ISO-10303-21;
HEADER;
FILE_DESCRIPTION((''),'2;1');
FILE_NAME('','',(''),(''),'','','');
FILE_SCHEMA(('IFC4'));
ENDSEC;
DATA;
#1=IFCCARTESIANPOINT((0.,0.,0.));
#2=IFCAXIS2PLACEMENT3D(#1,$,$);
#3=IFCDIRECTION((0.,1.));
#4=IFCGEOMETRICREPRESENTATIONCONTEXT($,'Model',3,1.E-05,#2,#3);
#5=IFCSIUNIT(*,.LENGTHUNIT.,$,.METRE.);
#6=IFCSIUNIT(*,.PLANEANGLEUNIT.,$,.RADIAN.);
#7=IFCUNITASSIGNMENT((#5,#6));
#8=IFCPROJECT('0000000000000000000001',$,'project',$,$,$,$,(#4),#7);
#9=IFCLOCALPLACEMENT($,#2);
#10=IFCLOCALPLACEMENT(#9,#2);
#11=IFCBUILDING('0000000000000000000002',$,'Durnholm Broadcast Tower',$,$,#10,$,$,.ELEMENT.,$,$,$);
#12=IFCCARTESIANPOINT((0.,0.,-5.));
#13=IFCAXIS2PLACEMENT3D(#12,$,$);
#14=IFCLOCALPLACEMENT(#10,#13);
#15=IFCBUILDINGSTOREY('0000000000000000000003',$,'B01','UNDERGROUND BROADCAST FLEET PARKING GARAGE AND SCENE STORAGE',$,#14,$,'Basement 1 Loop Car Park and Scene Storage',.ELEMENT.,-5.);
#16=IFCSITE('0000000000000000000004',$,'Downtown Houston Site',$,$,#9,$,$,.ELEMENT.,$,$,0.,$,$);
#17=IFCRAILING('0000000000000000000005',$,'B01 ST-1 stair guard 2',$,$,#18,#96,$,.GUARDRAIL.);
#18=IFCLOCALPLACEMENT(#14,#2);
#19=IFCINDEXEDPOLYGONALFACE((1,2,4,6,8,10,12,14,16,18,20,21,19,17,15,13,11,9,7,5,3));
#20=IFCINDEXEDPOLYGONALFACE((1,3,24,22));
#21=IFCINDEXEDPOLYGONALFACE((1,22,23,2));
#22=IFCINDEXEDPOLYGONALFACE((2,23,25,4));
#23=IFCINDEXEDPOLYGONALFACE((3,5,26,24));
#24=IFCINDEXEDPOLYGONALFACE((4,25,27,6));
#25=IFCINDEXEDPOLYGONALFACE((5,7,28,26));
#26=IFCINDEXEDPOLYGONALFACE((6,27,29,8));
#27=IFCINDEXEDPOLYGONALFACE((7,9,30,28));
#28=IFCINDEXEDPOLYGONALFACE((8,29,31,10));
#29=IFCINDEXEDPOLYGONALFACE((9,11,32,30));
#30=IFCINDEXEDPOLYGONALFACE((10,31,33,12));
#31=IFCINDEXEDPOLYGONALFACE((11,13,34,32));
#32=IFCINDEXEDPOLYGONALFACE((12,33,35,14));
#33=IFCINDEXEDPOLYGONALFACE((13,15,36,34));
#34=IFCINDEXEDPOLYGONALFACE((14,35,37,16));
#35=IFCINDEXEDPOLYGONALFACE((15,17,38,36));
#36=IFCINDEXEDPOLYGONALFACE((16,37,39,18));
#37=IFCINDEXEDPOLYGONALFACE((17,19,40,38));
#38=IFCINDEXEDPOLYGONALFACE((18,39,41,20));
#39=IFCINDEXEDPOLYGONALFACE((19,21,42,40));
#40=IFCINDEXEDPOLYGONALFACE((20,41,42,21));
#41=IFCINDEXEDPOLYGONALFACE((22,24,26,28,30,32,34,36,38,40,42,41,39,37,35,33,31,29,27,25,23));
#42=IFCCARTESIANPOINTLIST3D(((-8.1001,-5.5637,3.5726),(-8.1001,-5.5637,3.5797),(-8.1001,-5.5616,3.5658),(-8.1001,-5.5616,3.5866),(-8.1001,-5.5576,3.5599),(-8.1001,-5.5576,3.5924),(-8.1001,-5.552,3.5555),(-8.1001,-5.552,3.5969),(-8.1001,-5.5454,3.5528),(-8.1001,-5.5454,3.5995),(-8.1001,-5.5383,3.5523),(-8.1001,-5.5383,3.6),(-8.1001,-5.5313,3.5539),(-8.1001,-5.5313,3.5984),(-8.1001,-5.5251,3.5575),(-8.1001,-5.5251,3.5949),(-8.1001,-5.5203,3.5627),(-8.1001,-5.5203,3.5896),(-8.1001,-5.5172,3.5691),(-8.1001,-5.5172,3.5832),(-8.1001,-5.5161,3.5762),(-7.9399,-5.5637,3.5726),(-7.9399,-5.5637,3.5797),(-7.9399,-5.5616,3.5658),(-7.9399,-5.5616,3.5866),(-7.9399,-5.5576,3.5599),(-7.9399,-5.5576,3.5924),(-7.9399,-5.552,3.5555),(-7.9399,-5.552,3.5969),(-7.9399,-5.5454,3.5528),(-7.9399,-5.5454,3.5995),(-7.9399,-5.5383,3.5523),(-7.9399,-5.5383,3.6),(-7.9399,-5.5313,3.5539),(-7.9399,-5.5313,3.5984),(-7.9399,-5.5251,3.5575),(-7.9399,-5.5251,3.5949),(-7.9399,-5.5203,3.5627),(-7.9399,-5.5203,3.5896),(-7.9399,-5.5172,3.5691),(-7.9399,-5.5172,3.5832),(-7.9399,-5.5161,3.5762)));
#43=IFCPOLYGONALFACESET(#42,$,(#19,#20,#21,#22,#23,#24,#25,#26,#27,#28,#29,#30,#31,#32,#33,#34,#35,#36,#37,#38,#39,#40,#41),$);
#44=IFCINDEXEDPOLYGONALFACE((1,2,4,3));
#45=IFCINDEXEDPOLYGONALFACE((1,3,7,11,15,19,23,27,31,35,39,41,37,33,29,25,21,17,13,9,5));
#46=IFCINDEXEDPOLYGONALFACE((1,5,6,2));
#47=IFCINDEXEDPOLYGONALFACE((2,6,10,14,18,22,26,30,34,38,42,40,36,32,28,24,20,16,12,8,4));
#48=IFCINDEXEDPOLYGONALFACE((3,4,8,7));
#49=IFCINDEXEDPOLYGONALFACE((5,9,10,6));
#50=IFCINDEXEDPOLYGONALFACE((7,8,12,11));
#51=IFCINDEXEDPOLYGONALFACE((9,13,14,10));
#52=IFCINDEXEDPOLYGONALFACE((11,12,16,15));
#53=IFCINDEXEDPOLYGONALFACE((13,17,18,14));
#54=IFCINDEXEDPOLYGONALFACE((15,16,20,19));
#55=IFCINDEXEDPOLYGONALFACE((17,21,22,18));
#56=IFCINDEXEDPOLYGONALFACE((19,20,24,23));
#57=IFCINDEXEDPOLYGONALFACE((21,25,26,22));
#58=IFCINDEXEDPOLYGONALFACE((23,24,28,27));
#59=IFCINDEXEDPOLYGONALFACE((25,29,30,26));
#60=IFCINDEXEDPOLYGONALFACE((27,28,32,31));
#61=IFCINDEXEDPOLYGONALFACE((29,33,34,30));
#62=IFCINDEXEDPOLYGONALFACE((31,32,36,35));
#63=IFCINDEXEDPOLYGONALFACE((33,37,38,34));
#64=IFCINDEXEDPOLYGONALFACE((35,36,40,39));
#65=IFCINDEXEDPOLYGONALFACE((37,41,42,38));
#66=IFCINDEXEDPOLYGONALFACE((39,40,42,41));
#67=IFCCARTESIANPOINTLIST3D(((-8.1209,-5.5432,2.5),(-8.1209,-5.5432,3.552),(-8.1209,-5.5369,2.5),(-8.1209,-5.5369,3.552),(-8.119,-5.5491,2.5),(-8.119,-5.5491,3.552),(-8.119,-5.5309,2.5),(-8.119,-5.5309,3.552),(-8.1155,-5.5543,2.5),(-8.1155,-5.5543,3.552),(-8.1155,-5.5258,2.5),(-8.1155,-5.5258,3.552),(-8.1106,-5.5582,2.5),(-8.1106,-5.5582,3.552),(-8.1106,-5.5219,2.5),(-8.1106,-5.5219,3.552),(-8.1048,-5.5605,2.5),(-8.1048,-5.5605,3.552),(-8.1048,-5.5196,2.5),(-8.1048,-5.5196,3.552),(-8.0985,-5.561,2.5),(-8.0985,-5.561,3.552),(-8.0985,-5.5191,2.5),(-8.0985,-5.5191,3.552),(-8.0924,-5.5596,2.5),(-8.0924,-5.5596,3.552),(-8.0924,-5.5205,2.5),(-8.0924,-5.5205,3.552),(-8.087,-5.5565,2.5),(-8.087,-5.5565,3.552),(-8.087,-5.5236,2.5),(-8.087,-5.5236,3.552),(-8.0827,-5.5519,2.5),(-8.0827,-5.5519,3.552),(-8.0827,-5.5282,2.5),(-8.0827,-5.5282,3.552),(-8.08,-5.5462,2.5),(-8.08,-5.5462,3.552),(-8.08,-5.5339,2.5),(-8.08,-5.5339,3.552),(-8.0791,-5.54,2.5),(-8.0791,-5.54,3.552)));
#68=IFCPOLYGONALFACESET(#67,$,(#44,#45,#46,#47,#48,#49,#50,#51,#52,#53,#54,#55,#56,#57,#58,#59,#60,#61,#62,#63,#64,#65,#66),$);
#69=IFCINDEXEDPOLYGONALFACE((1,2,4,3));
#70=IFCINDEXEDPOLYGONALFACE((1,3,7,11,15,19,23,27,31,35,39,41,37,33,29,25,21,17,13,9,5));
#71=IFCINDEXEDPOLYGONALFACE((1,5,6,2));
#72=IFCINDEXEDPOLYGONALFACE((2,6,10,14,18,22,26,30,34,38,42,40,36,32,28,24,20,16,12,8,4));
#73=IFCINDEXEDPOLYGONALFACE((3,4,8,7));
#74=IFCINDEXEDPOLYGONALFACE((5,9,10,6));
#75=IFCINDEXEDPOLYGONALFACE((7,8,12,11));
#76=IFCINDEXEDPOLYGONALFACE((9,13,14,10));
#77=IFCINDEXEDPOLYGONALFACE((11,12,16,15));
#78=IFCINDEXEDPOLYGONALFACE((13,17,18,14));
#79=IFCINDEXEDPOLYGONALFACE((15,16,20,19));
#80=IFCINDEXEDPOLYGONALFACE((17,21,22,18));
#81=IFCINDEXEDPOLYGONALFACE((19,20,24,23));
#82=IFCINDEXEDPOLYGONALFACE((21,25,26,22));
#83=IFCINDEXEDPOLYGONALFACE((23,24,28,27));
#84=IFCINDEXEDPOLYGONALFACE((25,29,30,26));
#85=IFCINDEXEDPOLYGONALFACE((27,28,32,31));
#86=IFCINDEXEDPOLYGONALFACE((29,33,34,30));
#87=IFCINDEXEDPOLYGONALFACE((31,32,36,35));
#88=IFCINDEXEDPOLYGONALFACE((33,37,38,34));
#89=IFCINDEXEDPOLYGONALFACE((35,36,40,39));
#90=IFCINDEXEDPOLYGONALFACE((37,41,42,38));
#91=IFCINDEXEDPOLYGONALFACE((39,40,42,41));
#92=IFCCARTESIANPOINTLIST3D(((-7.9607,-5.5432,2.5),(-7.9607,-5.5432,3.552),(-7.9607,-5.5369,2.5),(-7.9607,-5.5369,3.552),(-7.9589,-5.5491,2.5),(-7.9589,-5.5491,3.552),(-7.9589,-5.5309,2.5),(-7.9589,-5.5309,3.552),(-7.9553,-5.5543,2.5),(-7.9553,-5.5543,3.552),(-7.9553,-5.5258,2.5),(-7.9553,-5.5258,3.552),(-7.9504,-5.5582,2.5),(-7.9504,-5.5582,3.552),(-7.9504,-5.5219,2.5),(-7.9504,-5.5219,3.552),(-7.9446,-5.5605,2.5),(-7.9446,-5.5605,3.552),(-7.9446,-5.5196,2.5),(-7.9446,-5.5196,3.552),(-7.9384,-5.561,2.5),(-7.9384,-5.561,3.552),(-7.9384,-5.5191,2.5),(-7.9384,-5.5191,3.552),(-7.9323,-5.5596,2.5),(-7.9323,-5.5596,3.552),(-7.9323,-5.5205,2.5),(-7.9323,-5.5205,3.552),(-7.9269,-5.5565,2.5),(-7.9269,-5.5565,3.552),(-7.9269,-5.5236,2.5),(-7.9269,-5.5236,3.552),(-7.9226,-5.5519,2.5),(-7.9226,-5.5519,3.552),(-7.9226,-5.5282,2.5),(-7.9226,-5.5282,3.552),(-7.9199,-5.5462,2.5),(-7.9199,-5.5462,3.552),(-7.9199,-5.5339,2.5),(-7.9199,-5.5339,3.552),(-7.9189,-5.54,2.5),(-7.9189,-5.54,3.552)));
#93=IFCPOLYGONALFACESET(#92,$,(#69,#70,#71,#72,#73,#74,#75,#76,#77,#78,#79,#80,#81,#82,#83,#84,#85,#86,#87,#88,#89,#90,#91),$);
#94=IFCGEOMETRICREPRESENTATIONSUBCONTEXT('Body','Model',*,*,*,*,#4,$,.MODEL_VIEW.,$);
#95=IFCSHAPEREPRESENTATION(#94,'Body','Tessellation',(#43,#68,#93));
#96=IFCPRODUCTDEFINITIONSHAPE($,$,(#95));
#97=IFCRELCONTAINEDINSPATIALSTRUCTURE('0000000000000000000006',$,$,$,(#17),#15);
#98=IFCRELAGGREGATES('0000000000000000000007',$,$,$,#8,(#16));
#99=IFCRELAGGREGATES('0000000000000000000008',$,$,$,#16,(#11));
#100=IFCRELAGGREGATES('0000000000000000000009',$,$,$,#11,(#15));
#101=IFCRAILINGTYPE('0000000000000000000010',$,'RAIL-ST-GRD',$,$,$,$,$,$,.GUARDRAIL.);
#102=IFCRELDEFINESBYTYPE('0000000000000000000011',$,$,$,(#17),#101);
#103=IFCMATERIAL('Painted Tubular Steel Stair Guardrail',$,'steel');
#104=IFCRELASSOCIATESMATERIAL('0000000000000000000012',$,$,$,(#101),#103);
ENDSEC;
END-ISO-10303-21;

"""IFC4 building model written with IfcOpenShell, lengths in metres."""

from ifc_helpers import new_model, si_unit, direction, frame, origin, origin_2d, place, context, subcontext, project, spatial, circle, extrude, material, type_object, element, save


model = new_model("IFC4")

# Units and contexts
model_context = context("Model", 3, precision=1e-05, world=origin(), true_north=direction((0.0, 1.0)))
body_context = subcontext(model_context, "Body", "Model", "MODEL_VIEW")
ifc_project = project(units=[si_unit("LENGTHUNIT", "METRE"), si_unit("PLANEANGLEUNIT", "RADIAN")], contexts=[model_context])

# Site, building, storey
site_placement = place(None, origin())
site = spatial("IfcSite", under=ifc_project, at=site_placement, Name="Downtown Houston Site", CompositionType="ELEMENT", RefElevation=0.0)
building_placement = place(site_placement, origin())
building = spatial("IfcBuilding", under=site, at=building_placement, Name="Durnholm Broadcast Tower", CompositionType="ELEMENT")
storey_placement = place(building_placement, frame((0.0, 0.0, -5.0)))
storey = spatial("IfcBuildingStorey", under=building, at=storey_placement, Name="B01", Description="UNDERGROUND BROADCAST FLEET PARKING GARAGE AND SCENE STORAGE", LongName="Basement 1 Loop Car Park and Scene Storage", CompositionType="ELEMENT", Elevation=-5.0)

# Railing
ifc_material_1 = material(Name="Painted Tubular Steel Stair Guardrail", Category="steel")
railing_type_1 = type_object("IfcRailingType", Name="RAIL-ST-GRD", PredefinedType="GUARDRAIL", material=ifc_material_1)
railing_1_placement = place(storey_placement, frame((-8.1001, -5.54, 2.5)))
element("IfcRailing", 1, at=railing_1_placement, inside=storey, type_object=railing_type_1, Name="B01 ST-1 stair guard 2", PredefinedType="GUARDRAIL", context=body_context, shape_type="SweptSolid", body=[
    extrude(circle(Radius=0.0239, at=origin_2d()), frame((0.0, 0.0, 1.0762), z_axis=(1.0, 0.0, 0.0), x_axis=(0.0, 1.0, 0.0)), (0.0, 0.0, 1.0), 0.1602),
    extrude(circle(Radius=0.021, at=origin_2d()), origin(), (0.0, 0.0, 1.0), 1.052),
    extrude(circle(Radius=0.021, at=origin_2d()), frame((0.1602, 0.0, 0.0)), (0.0, 0.0, 1.0), 1.052),
])

save(model, "model.ifc")
